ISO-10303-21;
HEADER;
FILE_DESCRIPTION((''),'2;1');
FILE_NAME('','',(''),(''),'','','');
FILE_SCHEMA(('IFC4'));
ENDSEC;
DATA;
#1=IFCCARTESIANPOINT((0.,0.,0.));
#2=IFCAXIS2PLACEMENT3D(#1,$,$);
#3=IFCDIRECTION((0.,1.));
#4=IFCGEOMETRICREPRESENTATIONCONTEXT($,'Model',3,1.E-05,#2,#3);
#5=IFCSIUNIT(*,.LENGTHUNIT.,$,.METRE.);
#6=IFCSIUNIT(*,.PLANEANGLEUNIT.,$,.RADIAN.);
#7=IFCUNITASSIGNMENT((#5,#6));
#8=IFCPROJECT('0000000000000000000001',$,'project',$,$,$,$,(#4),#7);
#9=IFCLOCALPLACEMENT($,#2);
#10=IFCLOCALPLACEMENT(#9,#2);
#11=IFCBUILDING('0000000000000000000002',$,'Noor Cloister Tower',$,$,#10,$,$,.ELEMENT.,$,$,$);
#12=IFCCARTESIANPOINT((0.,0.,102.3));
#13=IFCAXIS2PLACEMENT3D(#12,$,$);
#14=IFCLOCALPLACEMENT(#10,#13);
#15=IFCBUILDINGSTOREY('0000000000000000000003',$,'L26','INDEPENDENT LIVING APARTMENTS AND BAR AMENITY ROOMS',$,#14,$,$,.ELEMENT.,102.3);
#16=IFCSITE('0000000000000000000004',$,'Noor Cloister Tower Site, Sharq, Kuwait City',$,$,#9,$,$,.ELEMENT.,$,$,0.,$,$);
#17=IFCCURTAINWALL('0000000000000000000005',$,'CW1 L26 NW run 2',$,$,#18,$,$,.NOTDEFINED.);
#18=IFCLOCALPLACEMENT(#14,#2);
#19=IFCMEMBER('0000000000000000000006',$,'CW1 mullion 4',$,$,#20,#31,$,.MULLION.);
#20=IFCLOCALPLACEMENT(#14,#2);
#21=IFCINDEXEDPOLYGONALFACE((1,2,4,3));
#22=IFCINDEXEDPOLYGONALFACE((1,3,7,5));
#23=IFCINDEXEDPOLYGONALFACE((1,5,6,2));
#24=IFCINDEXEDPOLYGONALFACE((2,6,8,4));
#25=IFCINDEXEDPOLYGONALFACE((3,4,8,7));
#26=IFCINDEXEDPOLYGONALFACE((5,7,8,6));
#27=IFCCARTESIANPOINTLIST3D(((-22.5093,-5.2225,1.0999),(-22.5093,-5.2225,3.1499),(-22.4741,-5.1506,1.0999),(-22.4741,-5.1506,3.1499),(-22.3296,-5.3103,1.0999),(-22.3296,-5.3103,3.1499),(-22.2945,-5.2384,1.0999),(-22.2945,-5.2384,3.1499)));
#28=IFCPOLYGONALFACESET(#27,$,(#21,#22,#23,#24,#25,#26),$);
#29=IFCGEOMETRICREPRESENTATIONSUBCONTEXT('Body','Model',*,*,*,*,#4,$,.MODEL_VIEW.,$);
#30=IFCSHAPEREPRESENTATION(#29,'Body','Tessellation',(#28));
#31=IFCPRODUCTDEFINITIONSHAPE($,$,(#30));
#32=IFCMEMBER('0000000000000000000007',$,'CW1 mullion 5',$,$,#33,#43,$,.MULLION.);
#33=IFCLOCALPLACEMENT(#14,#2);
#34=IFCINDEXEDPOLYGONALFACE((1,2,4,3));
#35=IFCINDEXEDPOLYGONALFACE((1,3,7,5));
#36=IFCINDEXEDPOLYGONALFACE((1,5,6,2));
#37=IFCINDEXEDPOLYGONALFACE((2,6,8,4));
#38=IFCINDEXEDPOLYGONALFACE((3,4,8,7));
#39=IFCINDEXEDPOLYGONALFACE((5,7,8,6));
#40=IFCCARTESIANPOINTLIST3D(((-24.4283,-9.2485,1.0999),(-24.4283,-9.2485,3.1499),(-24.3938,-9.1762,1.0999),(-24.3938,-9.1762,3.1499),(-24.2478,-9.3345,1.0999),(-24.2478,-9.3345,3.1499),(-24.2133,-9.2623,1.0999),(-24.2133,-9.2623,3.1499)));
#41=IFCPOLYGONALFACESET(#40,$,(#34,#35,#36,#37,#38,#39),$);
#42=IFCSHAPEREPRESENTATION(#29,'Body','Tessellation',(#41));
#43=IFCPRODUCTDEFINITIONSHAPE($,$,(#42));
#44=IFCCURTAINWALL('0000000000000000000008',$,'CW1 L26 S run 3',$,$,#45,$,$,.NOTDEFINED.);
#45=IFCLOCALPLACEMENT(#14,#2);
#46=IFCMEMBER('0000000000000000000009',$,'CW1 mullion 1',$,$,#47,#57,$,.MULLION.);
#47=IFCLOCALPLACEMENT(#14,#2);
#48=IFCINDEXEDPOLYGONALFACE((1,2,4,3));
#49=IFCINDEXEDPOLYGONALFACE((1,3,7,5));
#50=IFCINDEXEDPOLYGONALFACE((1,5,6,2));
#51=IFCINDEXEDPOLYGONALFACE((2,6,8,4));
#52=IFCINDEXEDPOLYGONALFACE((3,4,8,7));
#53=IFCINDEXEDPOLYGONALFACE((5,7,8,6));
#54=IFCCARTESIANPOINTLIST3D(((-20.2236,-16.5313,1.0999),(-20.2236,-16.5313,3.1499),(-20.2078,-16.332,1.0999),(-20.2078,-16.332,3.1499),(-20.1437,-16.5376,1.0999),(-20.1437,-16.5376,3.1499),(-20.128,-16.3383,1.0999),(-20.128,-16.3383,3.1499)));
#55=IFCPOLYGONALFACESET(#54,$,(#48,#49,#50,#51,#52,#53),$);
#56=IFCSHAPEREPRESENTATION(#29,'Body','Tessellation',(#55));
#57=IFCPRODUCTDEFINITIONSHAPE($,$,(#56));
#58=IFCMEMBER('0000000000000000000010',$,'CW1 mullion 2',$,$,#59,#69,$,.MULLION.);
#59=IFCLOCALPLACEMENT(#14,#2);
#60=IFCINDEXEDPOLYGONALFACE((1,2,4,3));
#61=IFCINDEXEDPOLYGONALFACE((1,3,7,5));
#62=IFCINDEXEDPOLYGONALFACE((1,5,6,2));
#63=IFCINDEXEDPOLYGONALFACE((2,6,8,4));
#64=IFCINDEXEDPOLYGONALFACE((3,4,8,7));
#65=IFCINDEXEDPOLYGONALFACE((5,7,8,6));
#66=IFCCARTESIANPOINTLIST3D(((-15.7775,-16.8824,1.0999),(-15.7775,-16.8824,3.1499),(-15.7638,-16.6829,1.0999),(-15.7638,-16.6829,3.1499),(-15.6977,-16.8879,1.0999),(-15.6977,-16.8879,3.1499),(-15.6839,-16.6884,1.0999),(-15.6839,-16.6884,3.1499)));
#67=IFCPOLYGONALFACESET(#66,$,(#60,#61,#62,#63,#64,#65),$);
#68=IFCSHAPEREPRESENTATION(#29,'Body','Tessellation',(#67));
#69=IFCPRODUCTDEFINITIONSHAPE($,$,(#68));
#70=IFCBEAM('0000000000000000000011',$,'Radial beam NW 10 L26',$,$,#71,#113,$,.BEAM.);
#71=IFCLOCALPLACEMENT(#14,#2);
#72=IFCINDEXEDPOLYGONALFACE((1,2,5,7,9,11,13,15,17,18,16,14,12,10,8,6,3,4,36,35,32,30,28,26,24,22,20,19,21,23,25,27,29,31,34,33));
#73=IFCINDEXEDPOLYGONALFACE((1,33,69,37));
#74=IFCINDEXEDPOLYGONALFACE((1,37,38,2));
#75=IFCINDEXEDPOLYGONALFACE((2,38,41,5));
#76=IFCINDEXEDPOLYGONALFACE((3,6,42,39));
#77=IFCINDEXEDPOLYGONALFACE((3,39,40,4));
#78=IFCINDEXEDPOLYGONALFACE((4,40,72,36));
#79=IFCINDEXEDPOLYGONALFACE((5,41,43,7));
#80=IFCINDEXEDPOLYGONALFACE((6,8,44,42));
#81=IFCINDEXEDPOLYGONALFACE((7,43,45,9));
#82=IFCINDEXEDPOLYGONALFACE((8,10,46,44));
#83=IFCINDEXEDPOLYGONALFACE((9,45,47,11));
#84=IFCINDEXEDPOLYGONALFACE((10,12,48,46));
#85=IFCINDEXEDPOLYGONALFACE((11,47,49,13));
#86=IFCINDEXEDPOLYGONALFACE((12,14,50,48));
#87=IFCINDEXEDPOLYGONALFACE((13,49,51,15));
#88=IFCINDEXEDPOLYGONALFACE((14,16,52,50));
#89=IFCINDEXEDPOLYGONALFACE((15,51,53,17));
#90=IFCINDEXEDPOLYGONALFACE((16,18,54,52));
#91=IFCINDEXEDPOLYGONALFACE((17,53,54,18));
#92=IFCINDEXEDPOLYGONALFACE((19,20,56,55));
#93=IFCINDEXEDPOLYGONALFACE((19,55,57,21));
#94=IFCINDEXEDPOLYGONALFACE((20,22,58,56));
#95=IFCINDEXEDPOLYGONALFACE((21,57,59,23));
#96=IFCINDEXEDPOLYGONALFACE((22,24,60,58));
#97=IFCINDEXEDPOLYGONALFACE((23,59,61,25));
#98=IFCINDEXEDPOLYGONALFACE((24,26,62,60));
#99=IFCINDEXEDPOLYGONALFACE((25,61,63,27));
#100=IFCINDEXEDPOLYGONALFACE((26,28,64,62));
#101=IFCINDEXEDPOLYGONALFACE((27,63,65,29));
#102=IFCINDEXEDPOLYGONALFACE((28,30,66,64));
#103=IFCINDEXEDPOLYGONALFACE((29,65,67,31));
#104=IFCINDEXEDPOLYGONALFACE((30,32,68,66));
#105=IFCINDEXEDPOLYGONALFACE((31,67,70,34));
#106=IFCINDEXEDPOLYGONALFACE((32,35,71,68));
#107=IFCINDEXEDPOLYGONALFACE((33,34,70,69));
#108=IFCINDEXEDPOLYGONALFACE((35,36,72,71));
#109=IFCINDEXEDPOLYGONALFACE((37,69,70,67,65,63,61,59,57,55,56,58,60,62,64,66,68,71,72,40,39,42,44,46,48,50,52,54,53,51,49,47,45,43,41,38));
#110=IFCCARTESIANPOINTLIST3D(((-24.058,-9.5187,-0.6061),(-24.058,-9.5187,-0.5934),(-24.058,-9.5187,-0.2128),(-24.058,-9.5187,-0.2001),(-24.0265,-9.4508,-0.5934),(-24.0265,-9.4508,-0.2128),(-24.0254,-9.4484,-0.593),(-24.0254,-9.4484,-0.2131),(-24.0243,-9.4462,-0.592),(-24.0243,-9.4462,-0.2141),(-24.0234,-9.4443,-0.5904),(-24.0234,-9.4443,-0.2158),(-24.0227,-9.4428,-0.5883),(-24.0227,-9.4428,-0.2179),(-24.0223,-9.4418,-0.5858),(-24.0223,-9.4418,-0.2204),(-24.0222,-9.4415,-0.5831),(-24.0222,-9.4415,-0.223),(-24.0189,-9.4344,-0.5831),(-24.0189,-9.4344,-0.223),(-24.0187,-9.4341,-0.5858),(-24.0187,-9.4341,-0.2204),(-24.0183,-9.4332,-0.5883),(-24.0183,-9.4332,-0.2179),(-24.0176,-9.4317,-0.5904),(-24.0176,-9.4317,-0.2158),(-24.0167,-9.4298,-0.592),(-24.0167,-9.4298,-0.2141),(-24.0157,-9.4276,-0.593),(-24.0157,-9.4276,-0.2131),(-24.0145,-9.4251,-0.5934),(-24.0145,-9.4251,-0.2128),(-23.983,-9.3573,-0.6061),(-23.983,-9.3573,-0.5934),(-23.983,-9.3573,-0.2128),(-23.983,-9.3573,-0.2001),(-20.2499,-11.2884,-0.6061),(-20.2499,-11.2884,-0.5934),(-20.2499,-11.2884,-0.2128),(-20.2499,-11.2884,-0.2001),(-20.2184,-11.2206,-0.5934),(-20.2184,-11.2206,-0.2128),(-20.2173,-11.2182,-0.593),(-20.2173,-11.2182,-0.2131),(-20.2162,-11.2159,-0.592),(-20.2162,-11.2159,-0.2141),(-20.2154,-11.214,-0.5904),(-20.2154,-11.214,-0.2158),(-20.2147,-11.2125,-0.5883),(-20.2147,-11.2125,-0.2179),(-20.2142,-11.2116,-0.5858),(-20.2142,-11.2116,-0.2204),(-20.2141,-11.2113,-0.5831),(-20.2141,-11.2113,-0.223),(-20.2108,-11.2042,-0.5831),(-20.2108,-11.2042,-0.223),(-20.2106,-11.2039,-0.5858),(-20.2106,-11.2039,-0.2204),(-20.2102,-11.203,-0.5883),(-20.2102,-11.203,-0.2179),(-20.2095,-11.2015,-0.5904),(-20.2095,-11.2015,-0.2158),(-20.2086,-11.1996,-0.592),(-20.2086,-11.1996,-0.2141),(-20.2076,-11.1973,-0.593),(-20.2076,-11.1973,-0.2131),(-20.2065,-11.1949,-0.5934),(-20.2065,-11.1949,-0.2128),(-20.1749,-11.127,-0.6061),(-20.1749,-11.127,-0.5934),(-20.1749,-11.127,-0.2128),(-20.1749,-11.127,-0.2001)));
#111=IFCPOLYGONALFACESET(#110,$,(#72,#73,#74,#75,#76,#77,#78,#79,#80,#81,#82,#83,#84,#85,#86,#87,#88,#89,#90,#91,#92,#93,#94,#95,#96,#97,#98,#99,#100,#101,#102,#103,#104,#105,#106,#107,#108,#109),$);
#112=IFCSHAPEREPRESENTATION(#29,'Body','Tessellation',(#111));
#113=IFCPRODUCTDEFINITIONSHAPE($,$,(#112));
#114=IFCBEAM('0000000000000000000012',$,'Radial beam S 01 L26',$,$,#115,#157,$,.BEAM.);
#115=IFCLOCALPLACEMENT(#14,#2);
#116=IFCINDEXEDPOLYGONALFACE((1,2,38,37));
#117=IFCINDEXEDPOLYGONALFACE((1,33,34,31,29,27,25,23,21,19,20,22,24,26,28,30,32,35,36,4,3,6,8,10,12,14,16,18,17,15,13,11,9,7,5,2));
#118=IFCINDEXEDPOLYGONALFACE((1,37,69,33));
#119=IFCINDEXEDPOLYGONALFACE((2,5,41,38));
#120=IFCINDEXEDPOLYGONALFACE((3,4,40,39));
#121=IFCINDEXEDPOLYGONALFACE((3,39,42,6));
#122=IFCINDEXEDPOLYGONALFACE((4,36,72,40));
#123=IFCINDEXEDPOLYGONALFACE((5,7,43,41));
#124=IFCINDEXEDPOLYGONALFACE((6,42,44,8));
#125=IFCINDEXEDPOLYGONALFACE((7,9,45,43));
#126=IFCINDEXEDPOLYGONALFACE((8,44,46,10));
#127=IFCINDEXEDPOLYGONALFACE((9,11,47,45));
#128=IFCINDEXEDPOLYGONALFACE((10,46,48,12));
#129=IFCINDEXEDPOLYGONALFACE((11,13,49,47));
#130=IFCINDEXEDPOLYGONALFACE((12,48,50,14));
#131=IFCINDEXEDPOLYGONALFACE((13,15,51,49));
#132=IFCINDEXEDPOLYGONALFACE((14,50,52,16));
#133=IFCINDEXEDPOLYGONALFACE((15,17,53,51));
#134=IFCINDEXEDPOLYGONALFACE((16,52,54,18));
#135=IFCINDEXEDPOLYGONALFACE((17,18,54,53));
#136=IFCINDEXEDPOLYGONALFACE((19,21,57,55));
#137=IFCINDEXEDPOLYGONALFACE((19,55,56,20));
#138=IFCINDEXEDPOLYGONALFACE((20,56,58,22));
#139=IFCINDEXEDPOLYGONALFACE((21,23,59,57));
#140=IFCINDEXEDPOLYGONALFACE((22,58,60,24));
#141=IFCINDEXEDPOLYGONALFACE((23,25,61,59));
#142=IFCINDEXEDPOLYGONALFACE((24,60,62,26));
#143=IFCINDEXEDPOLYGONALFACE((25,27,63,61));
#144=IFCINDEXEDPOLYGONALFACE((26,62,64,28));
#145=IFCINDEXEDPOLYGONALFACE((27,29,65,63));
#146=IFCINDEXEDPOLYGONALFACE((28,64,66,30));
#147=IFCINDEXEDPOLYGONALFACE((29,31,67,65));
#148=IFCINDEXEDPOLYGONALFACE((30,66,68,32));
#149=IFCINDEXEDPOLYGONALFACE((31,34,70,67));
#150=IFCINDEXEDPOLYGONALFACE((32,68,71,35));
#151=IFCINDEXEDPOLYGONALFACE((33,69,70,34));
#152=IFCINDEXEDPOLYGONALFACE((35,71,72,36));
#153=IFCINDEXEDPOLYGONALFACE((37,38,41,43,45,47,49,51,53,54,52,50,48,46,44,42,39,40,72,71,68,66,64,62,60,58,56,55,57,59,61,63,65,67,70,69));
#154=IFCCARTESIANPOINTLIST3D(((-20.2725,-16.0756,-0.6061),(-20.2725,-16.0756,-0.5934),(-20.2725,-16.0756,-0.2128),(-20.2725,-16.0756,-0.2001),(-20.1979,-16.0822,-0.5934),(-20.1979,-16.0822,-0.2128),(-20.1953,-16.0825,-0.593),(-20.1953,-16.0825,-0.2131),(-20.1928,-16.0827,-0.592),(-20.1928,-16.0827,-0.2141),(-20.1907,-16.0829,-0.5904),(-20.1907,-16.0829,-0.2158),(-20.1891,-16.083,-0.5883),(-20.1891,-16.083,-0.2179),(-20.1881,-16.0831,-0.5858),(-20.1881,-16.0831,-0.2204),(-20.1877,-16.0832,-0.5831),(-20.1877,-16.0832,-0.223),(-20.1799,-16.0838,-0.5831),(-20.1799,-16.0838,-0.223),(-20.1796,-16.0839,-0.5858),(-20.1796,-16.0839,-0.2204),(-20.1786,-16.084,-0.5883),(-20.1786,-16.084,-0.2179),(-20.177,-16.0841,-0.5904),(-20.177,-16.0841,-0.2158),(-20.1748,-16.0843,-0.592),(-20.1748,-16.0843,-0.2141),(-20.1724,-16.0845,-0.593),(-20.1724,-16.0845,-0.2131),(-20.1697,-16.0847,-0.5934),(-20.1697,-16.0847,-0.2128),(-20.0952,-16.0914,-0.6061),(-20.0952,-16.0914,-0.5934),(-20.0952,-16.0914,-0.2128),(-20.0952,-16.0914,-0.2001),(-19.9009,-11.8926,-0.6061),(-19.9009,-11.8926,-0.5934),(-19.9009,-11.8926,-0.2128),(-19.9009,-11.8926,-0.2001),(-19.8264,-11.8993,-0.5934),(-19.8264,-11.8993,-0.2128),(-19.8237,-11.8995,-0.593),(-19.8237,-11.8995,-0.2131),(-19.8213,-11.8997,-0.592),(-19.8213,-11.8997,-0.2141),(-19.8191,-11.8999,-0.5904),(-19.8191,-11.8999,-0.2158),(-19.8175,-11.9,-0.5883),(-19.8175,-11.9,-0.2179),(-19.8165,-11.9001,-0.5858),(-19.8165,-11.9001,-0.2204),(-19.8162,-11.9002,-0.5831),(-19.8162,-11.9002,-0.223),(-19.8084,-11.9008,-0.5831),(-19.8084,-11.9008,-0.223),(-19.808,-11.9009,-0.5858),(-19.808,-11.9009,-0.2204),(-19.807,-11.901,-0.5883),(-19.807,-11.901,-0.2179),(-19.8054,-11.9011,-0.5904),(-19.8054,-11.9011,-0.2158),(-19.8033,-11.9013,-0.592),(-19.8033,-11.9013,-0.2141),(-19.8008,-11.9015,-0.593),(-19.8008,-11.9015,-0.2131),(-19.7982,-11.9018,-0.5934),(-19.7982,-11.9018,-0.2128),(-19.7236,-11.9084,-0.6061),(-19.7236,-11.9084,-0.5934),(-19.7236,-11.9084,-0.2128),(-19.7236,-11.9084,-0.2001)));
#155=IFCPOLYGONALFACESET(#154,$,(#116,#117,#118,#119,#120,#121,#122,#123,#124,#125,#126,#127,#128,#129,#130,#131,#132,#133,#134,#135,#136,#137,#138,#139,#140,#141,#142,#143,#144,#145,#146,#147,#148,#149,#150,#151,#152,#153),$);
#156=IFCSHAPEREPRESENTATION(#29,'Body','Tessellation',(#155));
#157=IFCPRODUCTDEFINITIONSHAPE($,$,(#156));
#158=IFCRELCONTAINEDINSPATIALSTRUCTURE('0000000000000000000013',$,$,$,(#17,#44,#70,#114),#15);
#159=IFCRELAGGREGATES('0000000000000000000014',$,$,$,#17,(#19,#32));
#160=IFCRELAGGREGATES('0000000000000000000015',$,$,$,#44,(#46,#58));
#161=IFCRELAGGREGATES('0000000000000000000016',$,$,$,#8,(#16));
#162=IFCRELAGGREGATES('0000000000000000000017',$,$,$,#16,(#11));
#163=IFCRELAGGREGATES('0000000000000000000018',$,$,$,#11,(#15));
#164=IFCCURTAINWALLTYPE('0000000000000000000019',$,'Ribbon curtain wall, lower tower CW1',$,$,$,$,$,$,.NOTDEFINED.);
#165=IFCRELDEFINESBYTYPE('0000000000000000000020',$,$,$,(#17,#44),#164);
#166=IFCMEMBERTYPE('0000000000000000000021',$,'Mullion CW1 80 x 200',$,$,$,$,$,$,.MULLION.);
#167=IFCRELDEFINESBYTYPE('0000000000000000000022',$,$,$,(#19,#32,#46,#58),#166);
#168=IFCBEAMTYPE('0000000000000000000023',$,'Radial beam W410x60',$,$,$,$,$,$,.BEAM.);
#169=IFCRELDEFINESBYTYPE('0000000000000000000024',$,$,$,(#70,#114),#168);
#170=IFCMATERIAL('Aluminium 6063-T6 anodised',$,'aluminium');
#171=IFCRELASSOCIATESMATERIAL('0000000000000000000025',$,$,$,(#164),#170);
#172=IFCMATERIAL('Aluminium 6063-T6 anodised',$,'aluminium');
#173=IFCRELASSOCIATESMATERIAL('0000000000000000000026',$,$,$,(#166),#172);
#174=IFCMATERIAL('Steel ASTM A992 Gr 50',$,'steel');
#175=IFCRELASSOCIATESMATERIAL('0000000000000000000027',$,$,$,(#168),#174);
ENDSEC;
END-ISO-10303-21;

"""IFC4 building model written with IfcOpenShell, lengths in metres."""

from ifc_helpers import new_model, si_unit, direction, frame, origin, origin_2d, place, context, subcontext, project, spatial, rectangle, i_section, extrude, material, material_profile, profile_set, type_object, element, aggregate, save


model = new_model("IFC4")

# Units and contexts
model_context = context("Model", 3, precision=1e-05, world=origin(), true_north=direction((0.0, 1.0)))
body_context = subcontext(model_context, "Body", "Model", "MODEL_VIEW")
ifc_project = project(units=[si_unit("LENGTHUNIT", "METRE"), si_unit("PLANEANGLEUNIT", "RADIAN")], contexts=[model_context])

# Site, building, storey
site_placement = place(None, origin())
site = spatial("IfcSite", under=ifc_project, at=site_placement, Name="Noor Cloister Tower Site, Sharq, Kuwait City", CompositionType="ELEMENT", RefElevation=0.0)
building_placement = place(site_placement, origin())
building = spatial("IfcBuilding", under=site, at=building_placement, Name="Noor Cloister Tower", CompositionType="ELEMENT")
storey_placement = place(building_placement, frame((0.0, 0.0, 102.3)))
storey = spatial("IfcBuildingStorey", under=building, at=storey_placement, Name="L26", Description="INDEPENDENT LIVING APARTMENTS AND BAR AMENITY ROOMS", CompositionType="ELEMENT", Elevation=102.3)

# Curtain walls, members
ifc_material_1 = material(Name="Aluminium 6063-T6 anodised", Category="aluminium")
curtain_wall_type = type_object("IfcCurtainWallType", Name="Ribbon curtain wall, lower tower CW1", PredefinedType="NOTDEFINED", material=ifc_material_1)
curtain_wall_1_placement = place(storey_placement, origin())
curtain_wall_1 = element("IfcCurtainWall", 1, at=curtain_wall_1_placement, inside=storey, type_object=curtain_wall_type, Name="CW1 L26 NW run 2", PredefinedType="NOTDEFINED")
ifc_material_2 = material(Name="Aluminium 6063-T6 anodised", Category="aluminium")
ifc_material_profile_1 = material_profile(ifc_material_2, rectangle(XDim=0.2, YDim=0.0801, at=origin_2d()), Name="200 x 80 mullion")
ifc_profile_set_1 = profile_set([ifc_material_profile_1], Name="Aluminium 6063-T6 anodised")
member_type = type_object("IfcMemberType", Name="Mullion CW1 80 x 200", PredefinedType="MULLION", material=ifc_profile_set_1)
member_1_placement = place(storey_placement, frame((-22.4019, -5.2305, 1.0999), z_axis=(0.0, 0.0, 1.0), x_axis=(0.89839, -0.439199, 0.0)))
member_1 = element("IfcMember", 2, at=member_1_placement, type_object=member_type, Name="CW1 mullion 4", PredefinedType="MULLION", context=body_context, shape_type="SweptSolid", body=[
    extrude(rectangle(XDim=0.2, YDim=0.0801, at=origin_2d()), origin(), (0.0, 0.0, 1.0), 2.05),
])
member_2_placement = place(storey_placement, frame((-24.3208, -9.2554, 1.0999), z_axis=(0.0, 0.0, 1.0), x_axis=(0.902668, -0.430337, 0.0)))
member_2 = element("IfcMember", 3, at=member_2_placement, type_object=member_type, Name="CW1 mullion 5", PredefinedType="MULLION", context=body_context, shape_type="SweptSolid", body=[
    extrude(rectangle(XDim=0.2, YDim=0.0801, at=origin_2d()), origin(), (0.0, 0.0, 1.0), 2.05),
])
curtain_wall_2_placement = place(storey_placement, origin())
curtain_wall_2 = element("IfcCurtainWall", 4, at=curtain_wall_2_placement, inside=storey, type_object=curtain_wall_type, Name="CW1 L26 S run 3", PredefinedType="NOTDEFINED")
member_3_placement = place(storey_placement, frame((-20.1758, -16.4348, 1.0999), z_axis=(0.0, 0.0, 1.0), x_axis=(0.078652, 0.996902, 0.0)))
member_3 = element("IfcMember", 5, at=member_3_placement, type_object=member_type, Name="CW1 mullion 1", PredefinedType="MULLION", context=body_context, shape_type="SweptSolid", body=[
    extrude(rectangle(XDim=0.2, YDim=0.0801, at=origin_2d()), origin(), (0.0, 0.0, 1.0), 2.05),
])
member_4_placement = place(storey_placement, frame((-15.7307, -16.7854, 1.0999), z_axis=(0.0, 0.0, 1.0), x_axis=(0.068837, 0.997628, 0.0)))
member_4 = element("IfcMember", 6, at=member_4_placement, type_object=member_type, Name="CW1 mullion 2", PredefinedType="MULLION", context=body_context, shape_type="SweptSolid", body=[
    extrude(rectangle(XDim=0.2, YDim=0.0801, at=origin_2d()), origin(), (0.0, 0.0, 1.0), 2.05),
])

# Beams
ifc_material_3 = material(Name="Steel ASTM A992 Gr 50", Category="steel")
ifc_material_profile_2 = material_profile(ifc_material_3, i_section(OverallWidth=0.178, OverallDepth=0.406, WebThickness=0.0078, FlangeThickness=0.0127, FilletRadius=0.0103, at=origin_2d()), Name="W410x60")
ifc_profile_set_2 = profile_set([ifc_material_profile_2], Name="Steel ASTM A992 Gr 50")
beam_type_1 = type_object("IfcBeamType", Name="Radial beam W410x60", PredefinedType="BEAM", material=ifc_profile_set_2)
beam_1_placement = place(storey_placement, frame((-24.0205, -9.438, -0.4031), z_axis=(0.906852, -0.421449, 0.0), x_axis=(0.421449, 0.906852, 0.0)))
element("IfcBeam", 7, at=beam_1_placement, inside=storey, type_object=beam_type_1, Name="Radial beam NW 10 L26", PredefinedType="BEAM", context=body_context, shape_type="SweptSolid", body=[
    extrude(i_section(OverallWidth=0.178, OverallDepth=0.406, WebThickness=0.0078, FlangeThickness=0.0127, FilletRadius=0.0103, at=origin_2d()), origin(), (0.0, 0.0, 1.0), 4.1992),
])
beam_2_placement = place(storey_placement, frame((-20.1838, -16.0835, -0.4031), z_axis=(0.088481, 0.996078, 0.0), x_axis=(-0.996078, 0.088481, 0.0)))
element("IfcBeam", 8, at=beam_2_placement, inside=storey, type_object=beam_type_1, Name="Radial beam S 01 L26", PredefinedType="BEAM", context=body_context, shape_type="SweptSolid", body=[
    extrude(i_section(OverallWidth=0.178, OverallDepth=0.406, WebThickness=0.0078, FlangeThickness=0.0127, FilletRadius=0.0103, at=origin_2d()), origin(), (0.0, 0.0, 1.0), 4.1995),
])

aggregate(curtain_wall_1, [member_1, member_2])
aggregate(curtain_wall_2, [member_3, member_4])

save(model, "model.ifc")
